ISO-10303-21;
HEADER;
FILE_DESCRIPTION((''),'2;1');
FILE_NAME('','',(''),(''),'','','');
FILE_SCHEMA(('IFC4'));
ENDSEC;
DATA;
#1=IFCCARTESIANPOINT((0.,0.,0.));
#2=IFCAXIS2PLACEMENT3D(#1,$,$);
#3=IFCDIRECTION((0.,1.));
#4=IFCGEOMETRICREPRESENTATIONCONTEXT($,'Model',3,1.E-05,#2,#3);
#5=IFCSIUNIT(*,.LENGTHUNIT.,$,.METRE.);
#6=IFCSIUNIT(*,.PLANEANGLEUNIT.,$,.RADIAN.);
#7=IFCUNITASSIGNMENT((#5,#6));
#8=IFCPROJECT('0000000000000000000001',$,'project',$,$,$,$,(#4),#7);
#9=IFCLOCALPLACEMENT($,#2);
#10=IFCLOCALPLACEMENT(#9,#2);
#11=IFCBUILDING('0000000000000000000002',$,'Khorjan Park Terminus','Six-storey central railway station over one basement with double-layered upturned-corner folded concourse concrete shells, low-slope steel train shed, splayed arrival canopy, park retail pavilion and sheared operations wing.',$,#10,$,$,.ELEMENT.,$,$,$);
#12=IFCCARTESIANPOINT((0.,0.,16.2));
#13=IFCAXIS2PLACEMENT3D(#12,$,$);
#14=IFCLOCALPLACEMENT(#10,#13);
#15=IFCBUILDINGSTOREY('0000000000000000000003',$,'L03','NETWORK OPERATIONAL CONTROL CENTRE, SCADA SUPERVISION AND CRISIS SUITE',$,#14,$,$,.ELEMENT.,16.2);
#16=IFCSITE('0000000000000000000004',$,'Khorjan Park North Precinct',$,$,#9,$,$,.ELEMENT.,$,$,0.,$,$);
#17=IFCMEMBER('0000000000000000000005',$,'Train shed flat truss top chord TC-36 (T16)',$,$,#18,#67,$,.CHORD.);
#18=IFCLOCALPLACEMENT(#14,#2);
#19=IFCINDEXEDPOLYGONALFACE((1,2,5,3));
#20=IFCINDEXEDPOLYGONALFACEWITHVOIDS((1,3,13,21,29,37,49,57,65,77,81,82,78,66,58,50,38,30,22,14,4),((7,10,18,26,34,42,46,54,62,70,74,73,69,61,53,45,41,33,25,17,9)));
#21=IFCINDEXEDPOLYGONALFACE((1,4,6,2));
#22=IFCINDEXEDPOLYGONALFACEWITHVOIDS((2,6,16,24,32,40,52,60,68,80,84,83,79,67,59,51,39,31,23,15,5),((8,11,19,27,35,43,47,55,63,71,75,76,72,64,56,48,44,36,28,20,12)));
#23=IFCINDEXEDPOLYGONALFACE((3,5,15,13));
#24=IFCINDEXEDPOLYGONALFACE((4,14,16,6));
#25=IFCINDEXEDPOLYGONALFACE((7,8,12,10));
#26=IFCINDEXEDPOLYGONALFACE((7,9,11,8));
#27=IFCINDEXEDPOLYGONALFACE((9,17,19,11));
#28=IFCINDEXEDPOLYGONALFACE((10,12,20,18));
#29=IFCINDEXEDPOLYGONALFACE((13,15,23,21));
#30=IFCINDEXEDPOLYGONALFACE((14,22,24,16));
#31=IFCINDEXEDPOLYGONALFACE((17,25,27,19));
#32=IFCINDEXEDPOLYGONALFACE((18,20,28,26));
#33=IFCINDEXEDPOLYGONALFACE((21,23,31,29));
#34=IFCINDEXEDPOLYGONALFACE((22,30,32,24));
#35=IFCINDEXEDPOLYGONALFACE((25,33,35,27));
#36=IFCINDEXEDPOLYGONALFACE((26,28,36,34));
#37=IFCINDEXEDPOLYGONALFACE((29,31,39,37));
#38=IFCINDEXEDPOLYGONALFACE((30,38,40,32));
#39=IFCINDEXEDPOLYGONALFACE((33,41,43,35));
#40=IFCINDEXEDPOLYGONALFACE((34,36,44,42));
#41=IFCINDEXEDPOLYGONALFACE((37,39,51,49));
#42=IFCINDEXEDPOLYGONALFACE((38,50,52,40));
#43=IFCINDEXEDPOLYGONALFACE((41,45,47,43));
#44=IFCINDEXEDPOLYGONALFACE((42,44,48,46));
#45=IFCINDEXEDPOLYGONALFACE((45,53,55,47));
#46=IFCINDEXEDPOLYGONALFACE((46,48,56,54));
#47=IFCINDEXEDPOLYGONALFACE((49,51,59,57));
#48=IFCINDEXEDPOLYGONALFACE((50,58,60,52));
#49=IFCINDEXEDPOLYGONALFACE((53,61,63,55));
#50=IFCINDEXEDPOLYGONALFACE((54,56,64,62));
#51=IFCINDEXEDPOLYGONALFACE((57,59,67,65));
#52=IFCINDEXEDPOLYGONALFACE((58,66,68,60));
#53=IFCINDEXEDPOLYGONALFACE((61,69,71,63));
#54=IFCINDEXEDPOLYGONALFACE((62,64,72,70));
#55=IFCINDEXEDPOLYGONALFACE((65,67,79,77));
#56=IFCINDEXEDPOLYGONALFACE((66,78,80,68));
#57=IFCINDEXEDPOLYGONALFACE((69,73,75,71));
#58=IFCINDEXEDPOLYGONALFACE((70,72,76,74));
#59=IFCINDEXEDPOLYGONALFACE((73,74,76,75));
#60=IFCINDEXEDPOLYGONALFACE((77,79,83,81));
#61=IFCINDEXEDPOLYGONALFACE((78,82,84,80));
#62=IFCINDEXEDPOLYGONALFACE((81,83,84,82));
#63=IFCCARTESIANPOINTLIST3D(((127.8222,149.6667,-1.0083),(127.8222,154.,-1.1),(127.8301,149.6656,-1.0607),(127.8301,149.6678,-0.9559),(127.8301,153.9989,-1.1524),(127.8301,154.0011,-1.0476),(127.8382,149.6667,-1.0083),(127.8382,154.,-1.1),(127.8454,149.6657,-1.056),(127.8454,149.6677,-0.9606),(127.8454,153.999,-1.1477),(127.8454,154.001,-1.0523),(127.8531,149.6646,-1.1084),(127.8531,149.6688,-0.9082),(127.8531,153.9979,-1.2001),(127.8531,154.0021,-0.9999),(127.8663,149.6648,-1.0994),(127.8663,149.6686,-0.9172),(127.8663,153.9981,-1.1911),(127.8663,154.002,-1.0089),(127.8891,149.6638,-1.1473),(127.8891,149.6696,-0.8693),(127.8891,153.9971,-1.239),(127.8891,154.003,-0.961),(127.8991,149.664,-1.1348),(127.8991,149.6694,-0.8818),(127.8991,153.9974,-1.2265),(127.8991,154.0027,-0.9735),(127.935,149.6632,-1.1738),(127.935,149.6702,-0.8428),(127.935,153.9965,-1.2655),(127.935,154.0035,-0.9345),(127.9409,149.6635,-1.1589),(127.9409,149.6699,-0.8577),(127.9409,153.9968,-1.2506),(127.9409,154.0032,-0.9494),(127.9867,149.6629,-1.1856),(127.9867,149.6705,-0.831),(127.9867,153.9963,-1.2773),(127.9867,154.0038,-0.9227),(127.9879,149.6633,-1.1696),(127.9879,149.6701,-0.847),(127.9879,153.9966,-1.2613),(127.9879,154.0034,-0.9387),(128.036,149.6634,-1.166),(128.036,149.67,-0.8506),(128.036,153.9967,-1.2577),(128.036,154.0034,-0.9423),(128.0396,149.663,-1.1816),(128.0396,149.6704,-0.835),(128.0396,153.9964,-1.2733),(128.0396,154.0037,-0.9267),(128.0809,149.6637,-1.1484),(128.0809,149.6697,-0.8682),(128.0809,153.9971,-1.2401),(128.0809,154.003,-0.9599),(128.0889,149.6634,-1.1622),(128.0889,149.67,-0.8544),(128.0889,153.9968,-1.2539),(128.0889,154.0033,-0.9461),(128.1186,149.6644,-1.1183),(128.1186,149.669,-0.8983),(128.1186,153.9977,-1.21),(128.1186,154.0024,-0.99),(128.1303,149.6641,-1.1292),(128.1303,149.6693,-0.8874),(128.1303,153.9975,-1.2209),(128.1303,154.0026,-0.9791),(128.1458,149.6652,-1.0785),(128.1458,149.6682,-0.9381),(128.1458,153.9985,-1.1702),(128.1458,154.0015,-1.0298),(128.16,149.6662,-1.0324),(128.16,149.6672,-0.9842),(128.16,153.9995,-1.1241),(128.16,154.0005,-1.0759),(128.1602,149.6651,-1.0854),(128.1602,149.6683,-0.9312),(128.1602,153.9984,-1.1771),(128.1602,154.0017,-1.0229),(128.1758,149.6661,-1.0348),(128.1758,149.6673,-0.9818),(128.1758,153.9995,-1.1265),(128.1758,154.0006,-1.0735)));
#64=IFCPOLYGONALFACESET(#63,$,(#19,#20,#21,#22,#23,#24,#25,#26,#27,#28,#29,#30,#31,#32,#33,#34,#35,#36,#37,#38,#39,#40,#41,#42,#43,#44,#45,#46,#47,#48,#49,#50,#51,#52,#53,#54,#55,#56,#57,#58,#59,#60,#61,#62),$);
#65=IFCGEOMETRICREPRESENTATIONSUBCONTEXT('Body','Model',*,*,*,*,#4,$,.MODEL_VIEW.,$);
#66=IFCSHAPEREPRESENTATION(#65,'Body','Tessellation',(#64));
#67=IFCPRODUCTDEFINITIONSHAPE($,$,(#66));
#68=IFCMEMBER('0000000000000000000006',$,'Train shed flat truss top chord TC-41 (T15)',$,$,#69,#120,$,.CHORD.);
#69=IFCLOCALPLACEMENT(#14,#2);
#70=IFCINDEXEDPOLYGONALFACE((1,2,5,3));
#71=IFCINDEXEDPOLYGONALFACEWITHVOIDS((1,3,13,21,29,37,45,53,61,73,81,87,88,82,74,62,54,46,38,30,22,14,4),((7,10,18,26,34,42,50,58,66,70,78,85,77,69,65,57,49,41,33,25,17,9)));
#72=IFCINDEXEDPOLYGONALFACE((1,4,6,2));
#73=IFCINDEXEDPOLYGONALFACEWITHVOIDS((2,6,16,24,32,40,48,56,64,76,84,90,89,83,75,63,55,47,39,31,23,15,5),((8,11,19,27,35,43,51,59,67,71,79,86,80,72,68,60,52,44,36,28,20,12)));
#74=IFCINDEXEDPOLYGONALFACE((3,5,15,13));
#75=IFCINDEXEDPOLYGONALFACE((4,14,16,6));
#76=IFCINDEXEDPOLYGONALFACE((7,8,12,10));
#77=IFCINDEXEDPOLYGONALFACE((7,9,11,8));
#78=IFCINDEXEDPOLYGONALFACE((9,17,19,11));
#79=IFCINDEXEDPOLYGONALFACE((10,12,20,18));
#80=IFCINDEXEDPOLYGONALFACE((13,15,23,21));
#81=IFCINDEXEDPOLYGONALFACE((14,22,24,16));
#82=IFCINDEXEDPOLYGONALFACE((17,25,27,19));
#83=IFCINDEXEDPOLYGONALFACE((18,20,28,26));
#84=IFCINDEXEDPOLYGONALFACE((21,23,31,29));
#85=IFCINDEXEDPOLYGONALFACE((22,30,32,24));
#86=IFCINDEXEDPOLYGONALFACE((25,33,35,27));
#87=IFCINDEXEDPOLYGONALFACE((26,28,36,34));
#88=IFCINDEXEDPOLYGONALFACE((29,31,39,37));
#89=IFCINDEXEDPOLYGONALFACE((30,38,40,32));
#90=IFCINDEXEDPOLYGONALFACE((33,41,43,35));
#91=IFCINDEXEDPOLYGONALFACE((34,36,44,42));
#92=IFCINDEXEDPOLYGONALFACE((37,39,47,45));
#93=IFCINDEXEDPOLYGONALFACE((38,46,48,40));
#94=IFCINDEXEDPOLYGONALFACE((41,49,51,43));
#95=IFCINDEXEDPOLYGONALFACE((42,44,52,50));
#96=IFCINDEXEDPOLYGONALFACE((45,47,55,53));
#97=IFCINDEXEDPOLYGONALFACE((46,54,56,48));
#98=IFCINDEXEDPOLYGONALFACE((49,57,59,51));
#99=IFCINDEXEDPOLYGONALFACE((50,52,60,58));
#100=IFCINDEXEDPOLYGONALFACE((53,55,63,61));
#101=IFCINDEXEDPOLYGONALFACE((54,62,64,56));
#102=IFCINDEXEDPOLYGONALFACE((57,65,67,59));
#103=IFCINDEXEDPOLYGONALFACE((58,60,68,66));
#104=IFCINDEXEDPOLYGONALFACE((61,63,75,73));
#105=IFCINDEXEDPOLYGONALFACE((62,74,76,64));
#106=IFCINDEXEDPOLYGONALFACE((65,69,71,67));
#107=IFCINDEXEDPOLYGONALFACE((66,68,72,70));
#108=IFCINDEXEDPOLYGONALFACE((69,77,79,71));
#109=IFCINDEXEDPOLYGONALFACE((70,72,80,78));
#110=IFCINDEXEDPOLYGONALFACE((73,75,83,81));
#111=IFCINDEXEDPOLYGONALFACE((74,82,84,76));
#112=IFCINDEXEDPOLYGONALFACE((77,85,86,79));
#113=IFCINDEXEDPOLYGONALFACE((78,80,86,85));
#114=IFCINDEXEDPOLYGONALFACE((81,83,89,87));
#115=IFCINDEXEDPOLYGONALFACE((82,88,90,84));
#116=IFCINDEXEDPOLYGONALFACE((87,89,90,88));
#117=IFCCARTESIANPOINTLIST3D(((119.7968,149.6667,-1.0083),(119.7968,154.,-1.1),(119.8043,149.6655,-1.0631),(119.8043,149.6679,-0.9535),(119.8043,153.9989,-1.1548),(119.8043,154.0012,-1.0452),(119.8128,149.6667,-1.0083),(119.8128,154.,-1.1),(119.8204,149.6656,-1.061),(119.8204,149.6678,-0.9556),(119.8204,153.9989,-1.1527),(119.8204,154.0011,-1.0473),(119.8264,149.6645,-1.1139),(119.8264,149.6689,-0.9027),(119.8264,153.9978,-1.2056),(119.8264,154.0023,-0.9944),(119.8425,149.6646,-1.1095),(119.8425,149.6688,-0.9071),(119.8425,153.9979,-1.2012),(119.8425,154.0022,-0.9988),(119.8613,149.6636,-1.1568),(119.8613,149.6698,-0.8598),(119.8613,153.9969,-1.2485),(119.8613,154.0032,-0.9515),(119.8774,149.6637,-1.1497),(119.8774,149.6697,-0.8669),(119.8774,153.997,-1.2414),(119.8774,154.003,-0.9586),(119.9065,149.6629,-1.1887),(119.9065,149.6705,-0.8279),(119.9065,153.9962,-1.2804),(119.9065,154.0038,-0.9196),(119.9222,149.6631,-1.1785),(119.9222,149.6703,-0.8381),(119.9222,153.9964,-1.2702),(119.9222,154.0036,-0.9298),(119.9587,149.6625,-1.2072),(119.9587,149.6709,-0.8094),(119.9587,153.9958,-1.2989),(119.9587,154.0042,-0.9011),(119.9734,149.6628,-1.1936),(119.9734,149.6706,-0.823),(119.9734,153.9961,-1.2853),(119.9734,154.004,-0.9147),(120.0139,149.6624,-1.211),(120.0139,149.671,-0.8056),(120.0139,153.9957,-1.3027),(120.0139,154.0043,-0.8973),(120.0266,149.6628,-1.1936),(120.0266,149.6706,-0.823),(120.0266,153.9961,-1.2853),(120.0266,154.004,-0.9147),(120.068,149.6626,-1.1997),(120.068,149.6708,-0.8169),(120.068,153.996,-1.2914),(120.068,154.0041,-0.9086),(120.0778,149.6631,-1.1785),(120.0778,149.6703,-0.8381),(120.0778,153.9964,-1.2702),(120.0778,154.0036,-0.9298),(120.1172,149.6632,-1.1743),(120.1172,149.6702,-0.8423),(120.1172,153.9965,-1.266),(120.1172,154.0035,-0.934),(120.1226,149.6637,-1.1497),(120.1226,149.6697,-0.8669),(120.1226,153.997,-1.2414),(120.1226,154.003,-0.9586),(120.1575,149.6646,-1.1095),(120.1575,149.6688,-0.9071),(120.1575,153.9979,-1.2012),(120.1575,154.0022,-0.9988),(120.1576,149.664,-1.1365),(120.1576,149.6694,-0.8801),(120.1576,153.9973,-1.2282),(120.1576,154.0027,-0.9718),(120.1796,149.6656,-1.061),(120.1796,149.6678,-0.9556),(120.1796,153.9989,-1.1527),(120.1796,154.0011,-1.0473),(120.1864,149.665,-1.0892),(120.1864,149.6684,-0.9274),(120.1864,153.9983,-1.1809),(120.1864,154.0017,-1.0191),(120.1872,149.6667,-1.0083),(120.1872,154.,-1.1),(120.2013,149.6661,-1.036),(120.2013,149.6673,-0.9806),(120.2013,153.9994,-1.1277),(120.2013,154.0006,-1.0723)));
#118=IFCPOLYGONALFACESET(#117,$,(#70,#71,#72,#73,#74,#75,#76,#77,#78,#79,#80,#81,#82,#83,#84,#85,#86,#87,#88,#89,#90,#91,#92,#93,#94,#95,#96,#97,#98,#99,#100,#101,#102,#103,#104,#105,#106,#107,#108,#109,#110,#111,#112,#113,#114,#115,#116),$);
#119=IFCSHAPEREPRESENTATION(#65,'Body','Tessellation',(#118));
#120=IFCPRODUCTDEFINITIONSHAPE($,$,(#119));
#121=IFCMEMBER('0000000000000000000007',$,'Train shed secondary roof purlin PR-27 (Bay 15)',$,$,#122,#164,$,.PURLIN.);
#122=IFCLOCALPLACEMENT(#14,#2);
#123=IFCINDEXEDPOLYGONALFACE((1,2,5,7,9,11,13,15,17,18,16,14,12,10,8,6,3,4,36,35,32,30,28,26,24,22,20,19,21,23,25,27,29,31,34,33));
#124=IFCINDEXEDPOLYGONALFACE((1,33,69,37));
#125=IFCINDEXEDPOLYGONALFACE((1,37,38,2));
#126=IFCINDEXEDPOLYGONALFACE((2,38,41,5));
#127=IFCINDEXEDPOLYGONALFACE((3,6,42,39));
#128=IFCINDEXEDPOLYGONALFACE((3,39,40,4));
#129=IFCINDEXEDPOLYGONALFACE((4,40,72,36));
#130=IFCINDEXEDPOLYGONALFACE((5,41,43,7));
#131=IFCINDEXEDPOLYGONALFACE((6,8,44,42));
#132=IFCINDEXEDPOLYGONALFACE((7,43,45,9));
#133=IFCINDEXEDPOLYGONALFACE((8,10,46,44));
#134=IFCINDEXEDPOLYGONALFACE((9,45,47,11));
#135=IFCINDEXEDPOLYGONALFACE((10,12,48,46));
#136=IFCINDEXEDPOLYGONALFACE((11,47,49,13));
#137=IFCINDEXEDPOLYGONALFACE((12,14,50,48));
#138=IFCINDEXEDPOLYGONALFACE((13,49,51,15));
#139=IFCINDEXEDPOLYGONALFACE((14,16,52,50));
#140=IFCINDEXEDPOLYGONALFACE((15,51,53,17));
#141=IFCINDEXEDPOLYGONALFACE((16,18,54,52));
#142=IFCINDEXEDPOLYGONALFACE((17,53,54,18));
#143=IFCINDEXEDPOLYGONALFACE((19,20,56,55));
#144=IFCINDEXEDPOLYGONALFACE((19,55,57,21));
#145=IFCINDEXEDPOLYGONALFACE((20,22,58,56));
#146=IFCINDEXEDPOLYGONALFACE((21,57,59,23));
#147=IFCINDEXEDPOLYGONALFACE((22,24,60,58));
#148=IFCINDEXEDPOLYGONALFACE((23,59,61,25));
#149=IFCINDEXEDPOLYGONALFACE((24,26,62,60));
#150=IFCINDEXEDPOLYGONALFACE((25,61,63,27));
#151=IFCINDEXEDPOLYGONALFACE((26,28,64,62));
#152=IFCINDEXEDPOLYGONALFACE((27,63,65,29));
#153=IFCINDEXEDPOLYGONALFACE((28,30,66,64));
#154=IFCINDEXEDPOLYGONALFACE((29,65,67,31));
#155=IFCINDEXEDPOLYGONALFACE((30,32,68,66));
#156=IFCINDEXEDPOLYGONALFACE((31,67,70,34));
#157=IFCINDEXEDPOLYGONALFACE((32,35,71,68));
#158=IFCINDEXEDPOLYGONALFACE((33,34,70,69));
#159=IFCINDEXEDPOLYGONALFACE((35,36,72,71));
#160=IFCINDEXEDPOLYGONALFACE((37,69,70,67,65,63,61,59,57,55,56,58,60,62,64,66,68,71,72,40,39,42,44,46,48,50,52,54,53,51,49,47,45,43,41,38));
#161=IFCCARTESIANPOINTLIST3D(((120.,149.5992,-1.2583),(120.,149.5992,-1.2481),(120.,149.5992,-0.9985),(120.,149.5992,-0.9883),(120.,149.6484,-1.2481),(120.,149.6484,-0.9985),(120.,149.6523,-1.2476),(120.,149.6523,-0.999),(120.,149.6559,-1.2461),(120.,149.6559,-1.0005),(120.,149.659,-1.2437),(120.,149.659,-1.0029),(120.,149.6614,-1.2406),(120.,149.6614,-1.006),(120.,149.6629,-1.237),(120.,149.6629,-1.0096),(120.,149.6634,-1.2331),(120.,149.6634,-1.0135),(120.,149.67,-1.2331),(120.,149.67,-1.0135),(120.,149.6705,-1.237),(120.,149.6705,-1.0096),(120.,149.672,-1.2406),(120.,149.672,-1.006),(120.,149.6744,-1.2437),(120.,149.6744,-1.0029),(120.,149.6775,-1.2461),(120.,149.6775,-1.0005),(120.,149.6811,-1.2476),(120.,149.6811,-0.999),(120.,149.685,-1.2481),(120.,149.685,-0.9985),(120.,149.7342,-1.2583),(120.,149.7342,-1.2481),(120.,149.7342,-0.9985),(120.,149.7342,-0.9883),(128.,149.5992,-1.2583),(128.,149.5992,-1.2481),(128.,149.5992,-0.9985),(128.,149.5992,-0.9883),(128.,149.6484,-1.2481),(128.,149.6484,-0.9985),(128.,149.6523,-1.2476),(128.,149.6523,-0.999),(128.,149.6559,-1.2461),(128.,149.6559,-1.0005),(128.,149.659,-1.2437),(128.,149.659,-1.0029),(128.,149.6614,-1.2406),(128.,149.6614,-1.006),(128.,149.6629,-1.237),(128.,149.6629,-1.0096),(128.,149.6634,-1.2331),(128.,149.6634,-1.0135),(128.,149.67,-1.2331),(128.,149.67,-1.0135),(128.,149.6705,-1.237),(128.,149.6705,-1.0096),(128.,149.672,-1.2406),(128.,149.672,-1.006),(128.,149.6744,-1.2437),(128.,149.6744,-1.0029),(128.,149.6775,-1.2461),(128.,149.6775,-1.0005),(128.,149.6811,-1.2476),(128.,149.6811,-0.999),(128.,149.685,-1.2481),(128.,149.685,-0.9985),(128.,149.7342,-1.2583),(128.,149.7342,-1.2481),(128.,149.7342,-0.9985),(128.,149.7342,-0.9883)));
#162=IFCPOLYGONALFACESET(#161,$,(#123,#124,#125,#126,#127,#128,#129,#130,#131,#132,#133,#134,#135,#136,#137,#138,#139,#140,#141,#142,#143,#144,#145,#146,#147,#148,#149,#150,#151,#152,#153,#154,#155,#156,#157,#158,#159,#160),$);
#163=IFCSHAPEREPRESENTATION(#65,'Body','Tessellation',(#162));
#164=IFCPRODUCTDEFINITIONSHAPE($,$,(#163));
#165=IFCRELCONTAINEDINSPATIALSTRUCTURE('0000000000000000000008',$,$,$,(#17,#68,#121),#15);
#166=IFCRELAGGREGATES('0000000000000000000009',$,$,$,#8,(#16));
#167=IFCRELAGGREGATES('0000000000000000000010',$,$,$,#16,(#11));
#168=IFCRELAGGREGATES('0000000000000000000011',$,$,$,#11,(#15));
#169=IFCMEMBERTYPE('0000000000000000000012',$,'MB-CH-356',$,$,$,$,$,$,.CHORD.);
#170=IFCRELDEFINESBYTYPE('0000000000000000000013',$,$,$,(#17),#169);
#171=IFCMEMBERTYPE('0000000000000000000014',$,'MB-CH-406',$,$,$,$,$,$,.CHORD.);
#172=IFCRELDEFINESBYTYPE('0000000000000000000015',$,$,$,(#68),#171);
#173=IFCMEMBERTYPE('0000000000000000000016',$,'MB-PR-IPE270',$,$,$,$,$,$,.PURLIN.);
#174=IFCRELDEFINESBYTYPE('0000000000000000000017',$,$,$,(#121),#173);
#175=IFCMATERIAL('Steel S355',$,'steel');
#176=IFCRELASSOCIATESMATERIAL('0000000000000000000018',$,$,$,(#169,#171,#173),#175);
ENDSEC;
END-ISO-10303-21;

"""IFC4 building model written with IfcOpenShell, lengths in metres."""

from ifc_helpers import new_model, si_unit, direction, frame, origin, origin_2d, place, context, subcontext, project, spatial, hollow_circle, i_section, extrude, material, material_profile, profile_set, type_object, element, save


model = new_model("IFC4")

# Units and contexts
model_context = context("Model", 3, precision=1e-05, world=origin(), true_north=direction((0.0, 1.0)))
body_context = subcontext(model_context, "Body", "Model", "MODEL_VIEW")
ifc_project = project(units=[si_unit("LENGTHUNIT", "METRE"), si_unit("PLANEANGLEUNIT", "RADIAN")], contexts=[model_context])

# Site, building, storey
site_placement = place(None, origin())
site = spatial("IfcSite", under=ifc_project, at=site_placement, Name="Khorjan Park North Precinct", CompositionType="ELEMENT", RefElevation=0.0)
building_placement = place(site_placement, origin())
building = spatial("IfcBuilding", under=site, at=building_placement, Name="Khorjan Park Terminus", Description="Six-storey central railway station over one basement with double-layered upturned-corner folded concourse concrete shells, low-slope steel train shed, splayed arrival canopy, park retail pavilion and sheared operations wing.", CompositionType="ELEMENT")
storey_placement = place(building_placement, frame((0.0, 0.0, 16.2)))
storey = spatial("IfcBuildingStorey", under=building, at=storey_placement, Name="L03", Description="NETWORK OPERATIONAL CONTROL CENTRE, SCADA SUPERVISION AND CRISIS SUITE", CompositionType="ELEMENT", Elevation=16.2)

# Members
ifc_material = material(Name="Steel S355", Category="steel")
ifc_material_profile_1 = material_profile(ifc_material, hollow_circle(Radius=0.1778, WallThickness=0.016, at=origin_2d()), Name="CHS 355.6x16")
ifc_profile_set_1 = profile_set([ifc_material_profile_1], Name="Steel S355")
member_type_1 = type_object("IfcMemberType", Name="MB-CH-356", PredefinedType="CHORD", material=ifc_profile_set_1)
member_1_placement = place(storey_placement, frame((128.0, 149.6667, -1.0083), z_axis=(0.0, 0.999776, -0.021157), x_axis=(-1.0, 0.0, 0.0)))
element("IfcMember", 1, at=member_1_placement, inside=storey, type_object=member_type_1, Name="Train shed flat truss top chord TC-36 (T16)", PredefinedType="CHORD", context=body_context, shape_type="SweptSolid", body=[
    extrude(hollow_circle(Radius=0.1778, WallThickness=0.016, at=origin_2d()), origin(), (0.0, 0.0, 1.0), 4.3343),
])
ifc_material_profile_2 = material_profile(ifc_material, hollow_circle(Radius=0.2032, WallThickness=0.016, at=origin_2d()), Name="CHS 406.4x16")
ifc_profile_set_2 = profile_set([ifc_material_profile_2], Name="Steel S355")
member_type_2 = type_object("IfcMemberType", Name="MB-CH-406", PredefinedType="CHORD", material=ifc_profile_set_2)
member_2_placement = place(storey_placement, frame((120.0, 149.6667, -1.0083), z_axis=(0.0, 0.999776, -0.021157), x_axis=(-1.0, 0.0, 0.0)))
element("IfcMember", 2, at=member_2_placement, inside=storey, type_object=member_type_2, Name="Train shed flat truss top chord TC-41 (T15)", PredefinedType="CHORD", context=body_context, shape_type="SweptSolid", body=[
    extrude(hollow_circle(Radius=0.2032, WallThickness=0.016, at=origin_2d()), origin(), (0.0, 0.0, 1.0), 4.3343),
])
ifc_material_profile_3 = material_profile(ifc_material, i_section(OverallWidth=0.135, OverallDepth=0.27, WebThickness=0.0066, FlangeThickness=0.0102, FilletRadius=0.015, at=origin_2d()), Name="IPE 270")
ifc_profile_set_3 = profile_set([ifc_material_profile_3], Name="Steel S355")
member_type_3 = type_object("IfcMemberType", Name="MB-PR-IPE270", PredefinedType="PURLIN", material=ifc_profile_set_3)
member_3_placement = place(storey_placement, frame((120.0, 149.6667, -1.1233), z_axis=(1.0, 0.0, 0.0), x_axis=(0.0, 1.0, 0.0)))
element("IfcMember", 3, at=member_3_placement, inside=storey, type_object=member_type_3, Name="Train shed secondary roof purlin PR-27 (Bay 15)", PredefinedType="PURLIN", context=body_context, shape_type="SweptSolid", body=[
    extrude(i_section(OverallWidth=0.135, OverallDepth=0.27, WebThickness=0.0066, FlangeThickness=0.0102, FilletRadius=0.015, at=origin_2d()), origin(), (0.0, 0.0, 1.0), 8.0),
])

save(model, "model.ifc")
